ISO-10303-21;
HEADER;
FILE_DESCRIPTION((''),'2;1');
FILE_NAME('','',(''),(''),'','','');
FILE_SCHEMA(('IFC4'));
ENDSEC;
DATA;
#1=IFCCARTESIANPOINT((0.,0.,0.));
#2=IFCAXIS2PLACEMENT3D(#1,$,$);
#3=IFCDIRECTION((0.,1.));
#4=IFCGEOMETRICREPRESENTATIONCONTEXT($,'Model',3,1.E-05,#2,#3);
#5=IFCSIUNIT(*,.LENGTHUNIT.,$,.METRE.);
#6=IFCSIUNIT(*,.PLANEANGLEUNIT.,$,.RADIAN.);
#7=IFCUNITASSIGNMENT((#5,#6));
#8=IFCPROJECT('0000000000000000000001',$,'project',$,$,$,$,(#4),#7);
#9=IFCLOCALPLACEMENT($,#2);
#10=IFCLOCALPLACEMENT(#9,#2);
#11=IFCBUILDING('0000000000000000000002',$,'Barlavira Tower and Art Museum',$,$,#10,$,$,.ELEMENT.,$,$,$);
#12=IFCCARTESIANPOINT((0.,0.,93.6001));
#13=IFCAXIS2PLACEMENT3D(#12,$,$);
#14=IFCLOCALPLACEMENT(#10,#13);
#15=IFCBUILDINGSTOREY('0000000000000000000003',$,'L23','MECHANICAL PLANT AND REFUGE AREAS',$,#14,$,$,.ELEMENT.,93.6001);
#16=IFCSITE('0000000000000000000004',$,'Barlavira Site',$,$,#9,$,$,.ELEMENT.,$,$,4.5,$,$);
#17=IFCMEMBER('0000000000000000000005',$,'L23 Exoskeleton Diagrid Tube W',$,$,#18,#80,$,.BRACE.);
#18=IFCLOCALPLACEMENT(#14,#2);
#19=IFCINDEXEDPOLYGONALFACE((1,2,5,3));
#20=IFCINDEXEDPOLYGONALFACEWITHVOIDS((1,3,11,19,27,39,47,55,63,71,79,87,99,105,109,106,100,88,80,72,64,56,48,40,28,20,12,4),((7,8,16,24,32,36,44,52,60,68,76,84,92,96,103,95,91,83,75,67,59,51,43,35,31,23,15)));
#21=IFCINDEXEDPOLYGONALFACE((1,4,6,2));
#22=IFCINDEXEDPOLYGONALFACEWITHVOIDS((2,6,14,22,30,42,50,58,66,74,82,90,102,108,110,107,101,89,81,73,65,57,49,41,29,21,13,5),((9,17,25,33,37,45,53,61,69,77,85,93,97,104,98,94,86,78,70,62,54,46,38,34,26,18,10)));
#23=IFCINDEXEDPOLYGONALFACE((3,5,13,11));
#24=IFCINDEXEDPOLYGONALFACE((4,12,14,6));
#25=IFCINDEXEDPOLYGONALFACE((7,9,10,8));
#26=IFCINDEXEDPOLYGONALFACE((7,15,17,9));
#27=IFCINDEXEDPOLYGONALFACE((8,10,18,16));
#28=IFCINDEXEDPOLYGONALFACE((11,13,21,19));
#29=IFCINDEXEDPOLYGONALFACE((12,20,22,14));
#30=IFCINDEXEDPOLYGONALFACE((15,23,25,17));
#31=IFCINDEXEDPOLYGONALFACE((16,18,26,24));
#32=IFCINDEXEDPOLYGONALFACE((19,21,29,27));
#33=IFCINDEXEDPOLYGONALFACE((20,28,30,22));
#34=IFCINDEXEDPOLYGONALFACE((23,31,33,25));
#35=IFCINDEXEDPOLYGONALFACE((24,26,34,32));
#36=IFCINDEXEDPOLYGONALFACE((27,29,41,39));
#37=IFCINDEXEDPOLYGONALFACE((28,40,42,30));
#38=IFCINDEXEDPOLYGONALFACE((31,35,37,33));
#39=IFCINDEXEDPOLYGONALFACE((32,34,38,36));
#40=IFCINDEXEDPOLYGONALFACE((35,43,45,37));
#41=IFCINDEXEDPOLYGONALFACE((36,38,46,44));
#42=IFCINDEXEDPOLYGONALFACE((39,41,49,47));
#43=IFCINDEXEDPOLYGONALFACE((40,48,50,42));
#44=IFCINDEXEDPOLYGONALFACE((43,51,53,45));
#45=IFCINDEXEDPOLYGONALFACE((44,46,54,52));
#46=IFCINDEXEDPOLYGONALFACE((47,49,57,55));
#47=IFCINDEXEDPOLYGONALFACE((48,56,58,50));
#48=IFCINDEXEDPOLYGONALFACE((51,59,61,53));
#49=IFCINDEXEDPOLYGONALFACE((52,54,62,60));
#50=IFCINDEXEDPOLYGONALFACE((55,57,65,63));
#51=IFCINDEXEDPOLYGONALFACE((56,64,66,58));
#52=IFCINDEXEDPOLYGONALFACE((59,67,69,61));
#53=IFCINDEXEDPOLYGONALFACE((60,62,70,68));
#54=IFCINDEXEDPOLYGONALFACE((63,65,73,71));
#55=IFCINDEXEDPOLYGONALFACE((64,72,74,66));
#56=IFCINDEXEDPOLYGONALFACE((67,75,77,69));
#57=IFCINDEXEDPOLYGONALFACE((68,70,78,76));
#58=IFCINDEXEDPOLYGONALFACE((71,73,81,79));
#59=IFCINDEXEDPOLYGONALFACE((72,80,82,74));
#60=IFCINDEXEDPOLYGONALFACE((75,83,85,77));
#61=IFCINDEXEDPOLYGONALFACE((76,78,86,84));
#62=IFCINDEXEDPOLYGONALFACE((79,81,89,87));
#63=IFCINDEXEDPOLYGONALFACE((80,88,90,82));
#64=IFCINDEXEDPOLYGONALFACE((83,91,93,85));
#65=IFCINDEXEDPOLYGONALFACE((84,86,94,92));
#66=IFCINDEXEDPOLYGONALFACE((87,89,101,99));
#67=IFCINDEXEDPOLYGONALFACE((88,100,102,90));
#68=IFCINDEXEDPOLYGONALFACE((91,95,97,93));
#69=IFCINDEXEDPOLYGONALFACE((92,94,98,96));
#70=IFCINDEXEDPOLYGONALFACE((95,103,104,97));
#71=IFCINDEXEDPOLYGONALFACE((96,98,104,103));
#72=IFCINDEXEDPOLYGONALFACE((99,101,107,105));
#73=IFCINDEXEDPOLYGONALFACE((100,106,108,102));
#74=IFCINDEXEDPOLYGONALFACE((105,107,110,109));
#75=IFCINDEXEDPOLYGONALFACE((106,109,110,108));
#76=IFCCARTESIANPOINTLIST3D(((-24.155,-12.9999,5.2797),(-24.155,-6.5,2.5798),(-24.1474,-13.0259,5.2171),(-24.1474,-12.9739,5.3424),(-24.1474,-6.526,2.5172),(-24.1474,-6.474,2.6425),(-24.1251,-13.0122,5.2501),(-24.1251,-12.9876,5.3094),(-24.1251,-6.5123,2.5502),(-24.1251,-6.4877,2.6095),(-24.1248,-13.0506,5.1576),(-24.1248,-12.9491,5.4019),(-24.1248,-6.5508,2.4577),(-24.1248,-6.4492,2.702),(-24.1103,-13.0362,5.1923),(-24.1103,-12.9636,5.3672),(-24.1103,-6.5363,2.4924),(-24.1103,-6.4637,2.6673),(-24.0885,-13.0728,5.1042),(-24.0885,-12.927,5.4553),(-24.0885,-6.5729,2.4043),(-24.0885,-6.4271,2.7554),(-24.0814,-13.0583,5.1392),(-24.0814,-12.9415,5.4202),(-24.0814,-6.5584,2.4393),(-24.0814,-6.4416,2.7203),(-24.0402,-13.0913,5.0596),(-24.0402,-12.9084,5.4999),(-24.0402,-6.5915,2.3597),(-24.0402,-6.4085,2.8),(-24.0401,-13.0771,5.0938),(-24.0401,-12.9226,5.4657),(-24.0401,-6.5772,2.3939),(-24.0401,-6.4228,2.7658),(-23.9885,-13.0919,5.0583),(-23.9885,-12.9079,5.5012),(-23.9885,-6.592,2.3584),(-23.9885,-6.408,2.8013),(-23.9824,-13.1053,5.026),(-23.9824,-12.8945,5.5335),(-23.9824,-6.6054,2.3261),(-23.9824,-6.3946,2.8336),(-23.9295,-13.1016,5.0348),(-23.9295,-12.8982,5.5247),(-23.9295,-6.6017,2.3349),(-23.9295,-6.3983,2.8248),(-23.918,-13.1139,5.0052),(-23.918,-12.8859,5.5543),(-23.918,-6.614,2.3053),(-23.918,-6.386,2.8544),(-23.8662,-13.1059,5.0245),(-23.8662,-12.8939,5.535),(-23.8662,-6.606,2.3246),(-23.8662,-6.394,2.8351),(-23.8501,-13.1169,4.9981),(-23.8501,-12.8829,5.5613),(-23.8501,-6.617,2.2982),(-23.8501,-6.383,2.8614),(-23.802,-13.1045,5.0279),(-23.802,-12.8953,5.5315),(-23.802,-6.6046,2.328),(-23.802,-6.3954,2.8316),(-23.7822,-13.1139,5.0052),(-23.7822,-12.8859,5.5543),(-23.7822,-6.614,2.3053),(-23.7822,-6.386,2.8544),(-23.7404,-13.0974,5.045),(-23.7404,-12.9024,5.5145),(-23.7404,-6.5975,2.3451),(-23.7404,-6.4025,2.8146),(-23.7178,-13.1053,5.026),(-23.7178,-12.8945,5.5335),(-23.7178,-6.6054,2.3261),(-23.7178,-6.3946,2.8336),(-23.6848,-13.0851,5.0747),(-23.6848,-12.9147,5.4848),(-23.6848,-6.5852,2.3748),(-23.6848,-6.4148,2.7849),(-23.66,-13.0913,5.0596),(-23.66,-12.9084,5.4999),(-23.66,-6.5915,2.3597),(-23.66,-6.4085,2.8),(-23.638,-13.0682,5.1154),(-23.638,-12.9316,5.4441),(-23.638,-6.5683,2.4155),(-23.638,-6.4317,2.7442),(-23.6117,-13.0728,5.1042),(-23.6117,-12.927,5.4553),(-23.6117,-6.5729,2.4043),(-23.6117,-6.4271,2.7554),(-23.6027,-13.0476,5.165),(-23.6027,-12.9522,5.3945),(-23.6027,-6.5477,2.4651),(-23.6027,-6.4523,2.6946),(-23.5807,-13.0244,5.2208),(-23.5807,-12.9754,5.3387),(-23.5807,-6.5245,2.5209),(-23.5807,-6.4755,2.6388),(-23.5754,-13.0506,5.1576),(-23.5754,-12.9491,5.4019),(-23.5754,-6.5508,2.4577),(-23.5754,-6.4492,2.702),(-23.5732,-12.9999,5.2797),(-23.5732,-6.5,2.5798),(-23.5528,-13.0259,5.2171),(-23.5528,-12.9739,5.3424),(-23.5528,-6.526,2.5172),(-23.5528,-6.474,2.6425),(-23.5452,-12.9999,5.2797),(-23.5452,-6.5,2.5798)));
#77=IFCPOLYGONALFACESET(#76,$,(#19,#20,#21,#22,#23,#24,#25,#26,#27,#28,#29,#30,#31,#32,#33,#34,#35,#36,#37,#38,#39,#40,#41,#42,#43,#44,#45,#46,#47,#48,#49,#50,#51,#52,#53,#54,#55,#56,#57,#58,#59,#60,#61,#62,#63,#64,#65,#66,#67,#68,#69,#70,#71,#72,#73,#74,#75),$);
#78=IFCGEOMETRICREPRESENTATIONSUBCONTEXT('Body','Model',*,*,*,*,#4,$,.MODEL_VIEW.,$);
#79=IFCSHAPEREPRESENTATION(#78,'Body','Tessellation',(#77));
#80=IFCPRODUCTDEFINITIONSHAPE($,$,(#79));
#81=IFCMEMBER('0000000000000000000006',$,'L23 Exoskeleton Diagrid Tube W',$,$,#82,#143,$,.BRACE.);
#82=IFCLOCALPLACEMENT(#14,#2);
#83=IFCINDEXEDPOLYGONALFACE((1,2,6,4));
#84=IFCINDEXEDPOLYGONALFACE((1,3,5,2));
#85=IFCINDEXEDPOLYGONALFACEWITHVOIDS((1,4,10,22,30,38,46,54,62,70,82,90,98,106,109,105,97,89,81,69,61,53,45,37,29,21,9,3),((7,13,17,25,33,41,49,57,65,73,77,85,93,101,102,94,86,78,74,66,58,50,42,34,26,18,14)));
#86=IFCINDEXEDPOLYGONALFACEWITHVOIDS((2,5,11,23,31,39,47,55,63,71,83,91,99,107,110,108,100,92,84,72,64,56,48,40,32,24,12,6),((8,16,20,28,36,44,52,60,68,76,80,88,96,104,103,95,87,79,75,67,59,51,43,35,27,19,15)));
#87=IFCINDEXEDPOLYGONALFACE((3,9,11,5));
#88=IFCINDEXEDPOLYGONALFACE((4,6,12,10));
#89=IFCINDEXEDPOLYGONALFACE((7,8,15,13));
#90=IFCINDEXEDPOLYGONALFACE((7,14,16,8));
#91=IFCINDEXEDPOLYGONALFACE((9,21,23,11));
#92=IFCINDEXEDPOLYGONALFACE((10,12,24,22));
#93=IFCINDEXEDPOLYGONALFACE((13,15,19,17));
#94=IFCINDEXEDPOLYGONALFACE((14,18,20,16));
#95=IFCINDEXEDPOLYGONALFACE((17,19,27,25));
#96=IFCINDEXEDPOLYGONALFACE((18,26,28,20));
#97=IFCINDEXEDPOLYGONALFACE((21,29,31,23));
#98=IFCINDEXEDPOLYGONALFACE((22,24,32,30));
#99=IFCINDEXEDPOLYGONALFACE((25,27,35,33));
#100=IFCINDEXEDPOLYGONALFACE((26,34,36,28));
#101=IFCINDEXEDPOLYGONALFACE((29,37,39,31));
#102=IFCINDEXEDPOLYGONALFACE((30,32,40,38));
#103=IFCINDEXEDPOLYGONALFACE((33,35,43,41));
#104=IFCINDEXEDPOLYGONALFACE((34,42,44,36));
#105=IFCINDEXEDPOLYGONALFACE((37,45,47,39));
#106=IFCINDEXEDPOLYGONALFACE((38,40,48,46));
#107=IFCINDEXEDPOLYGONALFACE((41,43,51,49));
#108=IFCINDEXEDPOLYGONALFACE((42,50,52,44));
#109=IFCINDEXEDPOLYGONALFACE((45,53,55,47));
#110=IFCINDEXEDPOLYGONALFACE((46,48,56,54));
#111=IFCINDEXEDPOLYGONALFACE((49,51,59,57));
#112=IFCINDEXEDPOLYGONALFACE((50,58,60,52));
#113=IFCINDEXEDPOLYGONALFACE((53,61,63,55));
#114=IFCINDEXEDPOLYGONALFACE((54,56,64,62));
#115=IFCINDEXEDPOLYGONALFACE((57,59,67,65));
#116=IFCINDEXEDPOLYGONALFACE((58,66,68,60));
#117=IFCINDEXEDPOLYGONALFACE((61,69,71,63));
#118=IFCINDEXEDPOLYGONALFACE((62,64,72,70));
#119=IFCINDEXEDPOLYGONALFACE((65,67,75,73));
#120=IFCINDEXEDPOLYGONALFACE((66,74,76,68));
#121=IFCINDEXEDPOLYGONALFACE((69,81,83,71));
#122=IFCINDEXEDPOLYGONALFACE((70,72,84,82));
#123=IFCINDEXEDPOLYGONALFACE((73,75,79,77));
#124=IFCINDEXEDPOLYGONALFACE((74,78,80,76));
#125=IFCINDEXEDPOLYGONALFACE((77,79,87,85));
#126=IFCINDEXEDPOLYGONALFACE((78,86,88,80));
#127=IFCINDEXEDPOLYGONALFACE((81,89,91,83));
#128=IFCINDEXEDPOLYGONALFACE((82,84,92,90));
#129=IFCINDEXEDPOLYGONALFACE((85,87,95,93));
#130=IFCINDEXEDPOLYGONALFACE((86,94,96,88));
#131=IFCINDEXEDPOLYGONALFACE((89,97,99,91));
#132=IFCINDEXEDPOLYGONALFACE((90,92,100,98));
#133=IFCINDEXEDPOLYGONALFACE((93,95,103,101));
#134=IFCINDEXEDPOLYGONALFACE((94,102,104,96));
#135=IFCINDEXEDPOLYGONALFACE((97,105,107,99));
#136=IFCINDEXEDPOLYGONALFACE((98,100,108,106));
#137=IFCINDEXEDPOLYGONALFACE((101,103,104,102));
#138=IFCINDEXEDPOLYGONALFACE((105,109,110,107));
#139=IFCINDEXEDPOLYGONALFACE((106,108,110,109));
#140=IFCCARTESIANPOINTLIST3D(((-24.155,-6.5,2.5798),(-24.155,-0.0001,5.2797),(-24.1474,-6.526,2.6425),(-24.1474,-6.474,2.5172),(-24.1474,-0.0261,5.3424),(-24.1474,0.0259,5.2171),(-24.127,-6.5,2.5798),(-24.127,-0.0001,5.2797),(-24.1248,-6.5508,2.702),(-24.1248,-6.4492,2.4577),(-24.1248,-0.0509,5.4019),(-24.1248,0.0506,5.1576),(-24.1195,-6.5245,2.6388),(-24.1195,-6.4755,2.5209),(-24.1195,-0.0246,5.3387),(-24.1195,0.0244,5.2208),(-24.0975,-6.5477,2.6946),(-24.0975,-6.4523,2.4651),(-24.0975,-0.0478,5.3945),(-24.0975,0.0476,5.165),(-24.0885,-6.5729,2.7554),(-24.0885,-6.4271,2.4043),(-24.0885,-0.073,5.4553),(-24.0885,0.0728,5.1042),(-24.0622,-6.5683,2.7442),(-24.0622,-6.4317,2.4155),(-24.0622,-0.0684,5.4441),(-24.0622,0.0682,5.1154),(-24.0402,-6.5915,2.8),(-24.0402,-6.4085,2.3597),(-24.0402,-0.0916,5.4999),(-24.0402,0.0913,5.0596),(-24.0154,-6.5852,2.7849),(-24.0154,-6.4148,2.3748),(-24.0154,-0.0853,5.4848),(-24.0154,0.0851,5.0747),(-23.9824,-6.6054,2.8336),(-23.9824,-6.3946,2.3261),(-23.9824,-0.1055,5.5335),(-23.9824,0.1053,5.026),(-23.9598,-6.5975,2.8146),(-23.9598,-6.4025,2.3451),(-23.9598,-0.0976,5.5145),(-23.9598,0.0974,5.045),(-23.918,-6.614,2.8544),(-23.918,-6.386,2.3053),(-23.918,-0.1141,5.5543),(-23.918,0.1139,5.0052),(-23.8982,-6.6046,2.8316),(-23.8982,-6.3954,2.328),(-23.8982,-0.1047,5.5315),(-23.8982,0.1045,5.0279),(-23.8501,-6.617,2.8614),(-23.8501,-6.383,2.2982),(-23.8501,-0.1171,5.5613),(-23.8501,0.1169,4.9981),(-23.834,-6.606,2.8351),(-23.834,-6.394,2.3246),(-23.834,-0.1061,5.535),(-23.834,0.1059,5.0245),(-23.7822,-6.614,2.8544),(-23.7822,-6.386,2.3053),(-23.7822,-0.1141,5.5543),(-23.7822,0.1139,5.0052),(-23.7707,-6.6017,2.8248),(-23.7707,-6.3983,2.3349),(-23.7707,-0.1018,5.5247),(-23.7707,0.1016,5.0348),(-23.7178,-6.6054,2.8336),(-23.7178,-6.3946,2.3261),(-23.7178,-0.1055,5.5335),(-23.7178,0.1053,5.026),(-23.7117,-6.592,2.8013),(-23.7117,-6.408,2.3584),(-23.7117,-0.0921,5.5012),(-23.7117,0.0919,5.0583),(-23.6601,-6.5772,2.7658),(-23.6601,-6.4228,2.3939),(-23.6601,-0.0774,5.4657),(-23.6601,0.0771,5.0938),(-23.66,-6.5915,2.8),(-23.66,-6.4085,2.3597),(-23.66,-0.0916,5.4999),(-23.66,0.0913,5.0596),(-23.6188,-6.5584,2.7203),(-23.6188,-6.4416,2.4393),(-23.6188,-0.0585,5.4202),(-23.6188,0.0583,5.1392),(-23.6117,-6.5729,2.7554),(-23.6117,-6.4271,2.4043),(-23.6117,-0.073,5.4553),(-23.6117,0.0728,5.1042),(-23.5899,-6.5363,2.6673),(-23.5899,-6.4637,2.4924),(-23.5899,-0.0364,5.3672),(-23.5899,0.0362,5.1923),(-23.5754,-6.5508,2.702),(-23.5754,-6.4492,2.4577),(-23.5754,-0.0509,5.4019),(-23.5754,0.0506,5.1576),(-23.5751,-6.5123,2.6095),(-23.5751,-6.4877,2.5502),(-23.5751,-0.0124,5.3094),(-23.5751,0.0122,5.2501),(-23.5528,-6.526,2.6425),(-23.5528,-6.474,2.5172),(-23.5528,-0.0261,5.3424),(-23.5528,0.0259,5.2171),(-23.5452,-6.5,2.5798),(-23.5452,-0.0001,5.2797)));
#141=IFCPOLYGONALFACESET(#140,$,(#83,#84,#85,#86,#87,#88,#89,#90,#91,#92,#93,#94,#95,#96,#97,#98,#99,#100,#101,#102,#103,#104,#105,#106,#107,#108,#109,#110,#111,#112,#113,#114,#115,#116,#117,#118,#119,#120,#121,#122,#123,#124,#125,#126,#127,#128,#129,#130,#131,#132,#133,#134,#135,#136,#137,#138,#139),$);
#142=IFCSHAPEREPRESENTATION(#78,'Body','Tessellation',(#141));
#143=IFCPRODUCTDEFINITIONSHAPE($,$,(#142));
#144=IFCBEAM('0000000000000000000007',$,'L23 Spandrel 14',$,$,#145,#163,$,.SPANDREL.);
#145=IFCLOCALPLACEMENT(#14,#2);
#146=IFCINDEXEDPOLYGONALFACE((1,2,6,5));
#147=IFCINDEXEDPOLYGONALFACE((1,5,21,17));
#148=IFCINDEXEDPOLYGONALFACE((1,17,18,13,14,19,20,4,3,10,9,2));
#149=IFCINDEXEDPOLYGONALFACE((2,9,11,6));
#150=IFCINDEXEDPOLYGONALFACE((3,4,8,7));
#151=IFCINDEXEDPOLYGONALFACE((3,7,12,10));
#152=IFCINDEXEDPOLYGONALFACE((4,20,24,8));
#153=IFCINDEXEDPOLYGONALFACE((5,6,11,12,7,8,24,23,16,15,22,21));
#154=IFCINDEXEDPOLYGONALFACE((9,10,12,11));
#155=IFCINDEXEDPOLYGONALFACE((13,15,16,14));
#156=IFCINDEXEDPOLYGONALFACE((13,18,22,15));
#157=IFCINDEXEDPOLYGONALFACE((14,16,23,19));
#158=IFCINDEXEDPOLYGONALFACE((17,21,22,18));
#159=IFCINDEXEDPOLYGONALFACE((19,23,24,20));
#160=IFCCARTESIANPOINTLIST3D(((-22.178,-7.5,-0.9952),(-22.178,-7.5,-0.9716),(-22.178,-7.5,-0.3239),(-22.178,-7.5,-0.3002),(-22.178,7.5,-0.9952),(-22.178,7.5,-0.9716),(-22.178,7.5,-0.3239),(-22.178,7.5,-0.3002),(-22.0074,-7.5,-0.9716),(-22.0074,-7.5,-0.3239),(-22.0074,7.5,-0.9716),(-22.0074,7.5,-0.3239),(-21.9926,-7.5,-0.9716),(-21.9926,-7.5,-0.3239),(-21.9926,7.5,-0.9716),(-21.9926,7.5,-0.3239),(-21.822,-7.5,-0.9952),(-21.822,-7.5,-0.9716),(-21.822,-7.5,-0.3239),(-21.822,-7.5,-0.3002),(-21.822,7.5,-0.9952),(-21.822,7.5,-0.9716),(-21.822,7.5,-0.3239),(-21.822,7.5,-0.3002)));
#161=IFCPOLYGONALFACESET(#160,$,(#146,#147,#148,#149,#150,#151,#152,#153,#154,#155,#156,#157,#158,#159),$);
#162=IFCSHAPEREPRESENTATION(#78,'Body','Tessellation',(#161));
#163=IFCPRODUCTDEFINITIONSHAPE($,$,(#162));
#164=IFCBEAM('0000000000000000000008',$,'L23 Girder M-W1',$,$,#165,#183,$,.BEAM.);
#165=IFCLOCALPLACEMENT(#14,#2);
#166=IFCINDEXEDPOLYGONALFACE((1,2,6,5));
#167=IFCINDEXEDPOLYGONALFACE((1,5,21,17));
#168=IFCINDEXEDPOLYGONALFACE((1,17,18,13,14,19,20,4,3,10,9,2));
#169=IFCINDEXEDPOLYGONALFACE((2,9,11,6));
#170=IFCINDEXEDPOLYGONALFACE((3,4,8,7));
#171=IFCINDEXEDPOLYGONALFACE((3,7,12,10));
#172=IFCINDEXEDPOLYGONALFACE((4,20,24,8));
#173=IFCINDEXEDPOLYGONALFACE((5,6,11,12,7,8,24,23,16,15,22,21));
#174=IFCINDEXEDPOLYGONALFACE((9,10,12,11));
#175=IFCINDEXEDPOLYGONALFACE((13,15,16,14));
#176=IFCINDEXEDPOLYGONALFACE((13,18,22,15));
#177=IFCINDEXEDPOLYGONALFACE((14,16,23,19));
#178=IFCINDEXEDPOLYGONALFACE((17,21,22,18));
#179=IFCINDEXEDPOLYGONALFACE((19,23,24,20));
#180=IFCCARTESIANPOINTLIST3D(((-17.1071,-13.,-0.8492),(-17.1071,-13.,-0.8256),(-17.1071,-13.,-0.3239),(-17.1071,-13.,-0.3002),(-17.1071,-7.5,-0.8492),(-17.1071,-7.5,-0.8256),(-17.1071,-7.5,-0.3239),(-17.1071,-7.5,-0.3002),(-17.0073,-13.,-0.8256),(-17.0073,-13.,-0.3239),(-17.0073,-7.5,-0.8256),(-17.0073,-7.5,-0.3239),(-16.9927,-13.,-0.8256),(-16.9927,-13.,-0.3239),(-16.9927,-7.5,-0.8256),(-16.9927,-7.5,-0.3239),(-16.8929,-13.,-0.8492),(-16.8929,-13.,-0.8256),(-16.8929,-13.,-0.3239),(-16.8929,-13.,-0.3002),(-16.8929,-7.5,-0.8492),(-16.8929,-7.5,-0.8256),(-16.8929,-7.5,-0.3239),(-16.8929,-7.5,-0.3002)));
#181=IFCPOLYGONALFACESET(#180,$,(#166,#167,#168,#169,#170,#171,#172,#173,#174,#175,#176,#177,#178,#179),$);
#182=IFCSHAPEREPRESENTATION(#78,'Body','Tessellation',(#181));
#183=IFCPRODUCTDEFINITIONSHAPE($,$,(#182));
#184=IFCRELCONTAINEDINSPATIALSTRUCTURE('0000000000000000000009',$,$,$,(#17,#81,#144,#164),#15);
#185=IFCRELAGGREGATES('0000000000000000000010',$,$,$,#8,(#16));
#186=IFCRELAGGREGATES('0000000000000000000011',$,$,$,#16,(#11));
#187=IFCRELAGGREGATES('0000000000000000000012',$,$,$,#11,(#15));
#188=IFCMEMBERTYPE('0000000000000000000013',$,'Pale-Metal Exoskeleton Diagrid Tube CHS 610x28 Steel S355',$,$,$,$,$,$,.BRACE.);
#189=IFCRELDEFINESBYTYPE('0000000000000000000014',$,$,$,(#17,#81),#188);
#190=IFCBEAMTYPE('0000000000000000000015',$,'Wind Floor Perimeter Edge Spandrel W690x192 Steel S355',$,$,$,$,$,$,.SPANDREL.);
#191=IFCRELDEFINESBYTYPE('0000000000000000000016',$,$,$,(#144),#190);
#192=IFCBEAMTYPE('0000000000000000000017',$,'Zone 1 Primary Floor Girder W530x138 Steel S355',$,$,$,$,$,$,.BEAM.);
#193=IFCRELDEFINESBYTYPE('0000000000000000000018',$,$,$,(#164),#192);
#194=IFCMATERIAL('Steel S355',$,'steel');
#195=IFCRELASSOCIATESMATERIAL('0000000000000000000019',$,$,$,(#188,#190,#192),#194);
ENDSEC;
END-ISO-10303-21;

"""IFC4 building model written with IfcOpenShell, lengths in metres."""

from ifc_helpers import new_model, si_unit, direction, frame, origin, origin_2d, place, context, subcontext, project, spatial, hollow_circle, i_section, extrude, material, material_profile, profile_set, type_object, element, save


model = new_model("IFC4")

# Units and contexts
model_context = context("Model", 3, precision=1e-05, world=origin(), true_north=direction((0.0, 1.0)))
body_context = subcontext(model_context, "Body", "Model", "MODEL_VIEW")
ifc_project = project(units=[si_unit("LENGTHUNIT", "METRE"), si_unit("PLANEANGLEUNIT", "RADIAN")], contexts=[model_context])

# Site, building, storey
site_placement = place(None, origin())
site = spatial("IfcSite", under=ifc_project, at=site_placement, Name="Barlavira Site", CompositionType="ELEMENT", RefElevation=4.5)
building_placement = place(site_placement, origin())
building = spatial("IfcBuilding", under=site, at=building_placement, Name="Barlavira Tower and Art Museum", CompositionType="ELEMENT")
storey_placement = place(building_placement, frame((0.0, 0.0, 93.6001)))
storey = spatial("IfcBuildingStorey", under=building, at=storey_placement, Name="L23", Description="MECHANICAL PLANT AND REFUGE AREAS", CompositionType="ELEMENT", Elevation=93.6001)

# Members
ifc_material_1 = material(Name="Steel S355", Category="steel")
ifc_material_profile_1 = material_profile(ifc_material_1, hollow_circle(Radius=0.3049, WallThickness=0.0281, at=origin_2d()), Name="CHS 610.0x28.0")
ifc_profile_set_1 = profile_set([ifc_material_profile_1], Name="Steel S355")
member_type_1 = type_object("IfcMemberType", Name="Pale-Metal Exoskeleton Diagrid Tube CHS 610x28 Steel S355", PredefinedType="BRACE", material=ifc_profile_set_1)
for number, where, z_axis, x_axis, name in (
    (1, (-23.8501, -6.5, 2.5798), (0.0, -0.923499, 0.3836), (1.0, 0.0, 0.0), "L23 Exoskeleton Diagrid Tube W"),
    (2, (-23.8501, -6.5, 2.5798), (0.0, 0.923499, 0.3836), (-1.0, 0.0, 0.0), "L23 Exoskeleton Diagrid Tube W"),
):
    element("IfcMember", number, at=place(storey_placement, frame(where, z_axis=z_axis, x_axis=x_axis)), inside=storey, type_object=member_type_1, Name=name, PredefinedType="BRACE", context=body_context, shape_type="SweptSolid", body=[
        extrude(hollow_circle(Radius=0.3049, WallThickness=0.0281, at=origin_2d()), origin(), (0.0, 0.0, 1.0), 7.0383),
    ])

# Beams
ifc_material_profile_2 = material_profile(ifc_material_1, i_section(OverallWidth=0.356, OverallDepth=0.6951, WebThickness=0.0149, FlangeThickness=0.0237, at=origin_2d()), Name="W690x192.0")
ifc_profile_set_2 = profile_set([ifc_material_profile_2], Name="Steel S355")
beam_type_1 = type_object("IfcBeamType", Name="Wind Floor Perimeter Edge Spandrel W690x192 Steel S355", PredefinedType="SPANDREL", material=ifc_profile_set_2)
beam_1_placement = place(storey_placement, frame((-22.0, -7.5, -0.6477), z_axis=(0.0, 1.0, 0.0), x_axis=(-1.0, 0.0, 0.0)))
element("IfcBeam", 3, at=beam_1_placement, inside=storey, type_object=beam_type_1, Name="L23 Spandrel 14", PredefinedType="SPANDREL", context=body_context, shape_type="SweptSolid", body=[
    extrude(i_section(OverallWidth=0.356, OverallDepth=0.6951, WebThickness=0.0149, FlangeThickness=0.0237, at=origin_2d()), origin(), (0.0, 0.0, 1.0), 15.0),
])
ifc_material_profile_3 = material_profile(ifc_material_1, i_section(OverallWidth=0.2141, OverallDepth=0.5491, WebThickness=0.0146, FlangeThickness=0.0237, at=origin_2d()), Name="W530x138.0")
ifc_profile_set_3 = profile_set([ifc_material_profile_3], Name="Steel S355")
beam_type_2 = type_object("IfcBeamType", Name="Zone 1 Primary Floor Girder W530x138 Steel S355", PredefinedType="BEAM", material=ifc_profile_set_3)
beam_2_placement = place(storey_placement, frame((-17.0, -13.0, -0.5747), z_axis=(0.0, 1.0, 0.0), x_axis=(-1.0, 0.0, 0.0)))
element("IfcBeam", 4, at=beam_2_placement, inside=storey, type_object=beam_type_2, Name="L23 Girder M-W1", PredefinedType="BEAM", context=body_context, shape_type="SweptSolid", body=[
    extrude(i_section(OverallWidth=0.2141, OverallDepth=0.5491, WebThickness=0.0146, FlangeThickness=0.0237, at=origin_2d()), origin(), (0.0, 0.0, 1.0), 5.5),
])

save(model, "model.ifc")
